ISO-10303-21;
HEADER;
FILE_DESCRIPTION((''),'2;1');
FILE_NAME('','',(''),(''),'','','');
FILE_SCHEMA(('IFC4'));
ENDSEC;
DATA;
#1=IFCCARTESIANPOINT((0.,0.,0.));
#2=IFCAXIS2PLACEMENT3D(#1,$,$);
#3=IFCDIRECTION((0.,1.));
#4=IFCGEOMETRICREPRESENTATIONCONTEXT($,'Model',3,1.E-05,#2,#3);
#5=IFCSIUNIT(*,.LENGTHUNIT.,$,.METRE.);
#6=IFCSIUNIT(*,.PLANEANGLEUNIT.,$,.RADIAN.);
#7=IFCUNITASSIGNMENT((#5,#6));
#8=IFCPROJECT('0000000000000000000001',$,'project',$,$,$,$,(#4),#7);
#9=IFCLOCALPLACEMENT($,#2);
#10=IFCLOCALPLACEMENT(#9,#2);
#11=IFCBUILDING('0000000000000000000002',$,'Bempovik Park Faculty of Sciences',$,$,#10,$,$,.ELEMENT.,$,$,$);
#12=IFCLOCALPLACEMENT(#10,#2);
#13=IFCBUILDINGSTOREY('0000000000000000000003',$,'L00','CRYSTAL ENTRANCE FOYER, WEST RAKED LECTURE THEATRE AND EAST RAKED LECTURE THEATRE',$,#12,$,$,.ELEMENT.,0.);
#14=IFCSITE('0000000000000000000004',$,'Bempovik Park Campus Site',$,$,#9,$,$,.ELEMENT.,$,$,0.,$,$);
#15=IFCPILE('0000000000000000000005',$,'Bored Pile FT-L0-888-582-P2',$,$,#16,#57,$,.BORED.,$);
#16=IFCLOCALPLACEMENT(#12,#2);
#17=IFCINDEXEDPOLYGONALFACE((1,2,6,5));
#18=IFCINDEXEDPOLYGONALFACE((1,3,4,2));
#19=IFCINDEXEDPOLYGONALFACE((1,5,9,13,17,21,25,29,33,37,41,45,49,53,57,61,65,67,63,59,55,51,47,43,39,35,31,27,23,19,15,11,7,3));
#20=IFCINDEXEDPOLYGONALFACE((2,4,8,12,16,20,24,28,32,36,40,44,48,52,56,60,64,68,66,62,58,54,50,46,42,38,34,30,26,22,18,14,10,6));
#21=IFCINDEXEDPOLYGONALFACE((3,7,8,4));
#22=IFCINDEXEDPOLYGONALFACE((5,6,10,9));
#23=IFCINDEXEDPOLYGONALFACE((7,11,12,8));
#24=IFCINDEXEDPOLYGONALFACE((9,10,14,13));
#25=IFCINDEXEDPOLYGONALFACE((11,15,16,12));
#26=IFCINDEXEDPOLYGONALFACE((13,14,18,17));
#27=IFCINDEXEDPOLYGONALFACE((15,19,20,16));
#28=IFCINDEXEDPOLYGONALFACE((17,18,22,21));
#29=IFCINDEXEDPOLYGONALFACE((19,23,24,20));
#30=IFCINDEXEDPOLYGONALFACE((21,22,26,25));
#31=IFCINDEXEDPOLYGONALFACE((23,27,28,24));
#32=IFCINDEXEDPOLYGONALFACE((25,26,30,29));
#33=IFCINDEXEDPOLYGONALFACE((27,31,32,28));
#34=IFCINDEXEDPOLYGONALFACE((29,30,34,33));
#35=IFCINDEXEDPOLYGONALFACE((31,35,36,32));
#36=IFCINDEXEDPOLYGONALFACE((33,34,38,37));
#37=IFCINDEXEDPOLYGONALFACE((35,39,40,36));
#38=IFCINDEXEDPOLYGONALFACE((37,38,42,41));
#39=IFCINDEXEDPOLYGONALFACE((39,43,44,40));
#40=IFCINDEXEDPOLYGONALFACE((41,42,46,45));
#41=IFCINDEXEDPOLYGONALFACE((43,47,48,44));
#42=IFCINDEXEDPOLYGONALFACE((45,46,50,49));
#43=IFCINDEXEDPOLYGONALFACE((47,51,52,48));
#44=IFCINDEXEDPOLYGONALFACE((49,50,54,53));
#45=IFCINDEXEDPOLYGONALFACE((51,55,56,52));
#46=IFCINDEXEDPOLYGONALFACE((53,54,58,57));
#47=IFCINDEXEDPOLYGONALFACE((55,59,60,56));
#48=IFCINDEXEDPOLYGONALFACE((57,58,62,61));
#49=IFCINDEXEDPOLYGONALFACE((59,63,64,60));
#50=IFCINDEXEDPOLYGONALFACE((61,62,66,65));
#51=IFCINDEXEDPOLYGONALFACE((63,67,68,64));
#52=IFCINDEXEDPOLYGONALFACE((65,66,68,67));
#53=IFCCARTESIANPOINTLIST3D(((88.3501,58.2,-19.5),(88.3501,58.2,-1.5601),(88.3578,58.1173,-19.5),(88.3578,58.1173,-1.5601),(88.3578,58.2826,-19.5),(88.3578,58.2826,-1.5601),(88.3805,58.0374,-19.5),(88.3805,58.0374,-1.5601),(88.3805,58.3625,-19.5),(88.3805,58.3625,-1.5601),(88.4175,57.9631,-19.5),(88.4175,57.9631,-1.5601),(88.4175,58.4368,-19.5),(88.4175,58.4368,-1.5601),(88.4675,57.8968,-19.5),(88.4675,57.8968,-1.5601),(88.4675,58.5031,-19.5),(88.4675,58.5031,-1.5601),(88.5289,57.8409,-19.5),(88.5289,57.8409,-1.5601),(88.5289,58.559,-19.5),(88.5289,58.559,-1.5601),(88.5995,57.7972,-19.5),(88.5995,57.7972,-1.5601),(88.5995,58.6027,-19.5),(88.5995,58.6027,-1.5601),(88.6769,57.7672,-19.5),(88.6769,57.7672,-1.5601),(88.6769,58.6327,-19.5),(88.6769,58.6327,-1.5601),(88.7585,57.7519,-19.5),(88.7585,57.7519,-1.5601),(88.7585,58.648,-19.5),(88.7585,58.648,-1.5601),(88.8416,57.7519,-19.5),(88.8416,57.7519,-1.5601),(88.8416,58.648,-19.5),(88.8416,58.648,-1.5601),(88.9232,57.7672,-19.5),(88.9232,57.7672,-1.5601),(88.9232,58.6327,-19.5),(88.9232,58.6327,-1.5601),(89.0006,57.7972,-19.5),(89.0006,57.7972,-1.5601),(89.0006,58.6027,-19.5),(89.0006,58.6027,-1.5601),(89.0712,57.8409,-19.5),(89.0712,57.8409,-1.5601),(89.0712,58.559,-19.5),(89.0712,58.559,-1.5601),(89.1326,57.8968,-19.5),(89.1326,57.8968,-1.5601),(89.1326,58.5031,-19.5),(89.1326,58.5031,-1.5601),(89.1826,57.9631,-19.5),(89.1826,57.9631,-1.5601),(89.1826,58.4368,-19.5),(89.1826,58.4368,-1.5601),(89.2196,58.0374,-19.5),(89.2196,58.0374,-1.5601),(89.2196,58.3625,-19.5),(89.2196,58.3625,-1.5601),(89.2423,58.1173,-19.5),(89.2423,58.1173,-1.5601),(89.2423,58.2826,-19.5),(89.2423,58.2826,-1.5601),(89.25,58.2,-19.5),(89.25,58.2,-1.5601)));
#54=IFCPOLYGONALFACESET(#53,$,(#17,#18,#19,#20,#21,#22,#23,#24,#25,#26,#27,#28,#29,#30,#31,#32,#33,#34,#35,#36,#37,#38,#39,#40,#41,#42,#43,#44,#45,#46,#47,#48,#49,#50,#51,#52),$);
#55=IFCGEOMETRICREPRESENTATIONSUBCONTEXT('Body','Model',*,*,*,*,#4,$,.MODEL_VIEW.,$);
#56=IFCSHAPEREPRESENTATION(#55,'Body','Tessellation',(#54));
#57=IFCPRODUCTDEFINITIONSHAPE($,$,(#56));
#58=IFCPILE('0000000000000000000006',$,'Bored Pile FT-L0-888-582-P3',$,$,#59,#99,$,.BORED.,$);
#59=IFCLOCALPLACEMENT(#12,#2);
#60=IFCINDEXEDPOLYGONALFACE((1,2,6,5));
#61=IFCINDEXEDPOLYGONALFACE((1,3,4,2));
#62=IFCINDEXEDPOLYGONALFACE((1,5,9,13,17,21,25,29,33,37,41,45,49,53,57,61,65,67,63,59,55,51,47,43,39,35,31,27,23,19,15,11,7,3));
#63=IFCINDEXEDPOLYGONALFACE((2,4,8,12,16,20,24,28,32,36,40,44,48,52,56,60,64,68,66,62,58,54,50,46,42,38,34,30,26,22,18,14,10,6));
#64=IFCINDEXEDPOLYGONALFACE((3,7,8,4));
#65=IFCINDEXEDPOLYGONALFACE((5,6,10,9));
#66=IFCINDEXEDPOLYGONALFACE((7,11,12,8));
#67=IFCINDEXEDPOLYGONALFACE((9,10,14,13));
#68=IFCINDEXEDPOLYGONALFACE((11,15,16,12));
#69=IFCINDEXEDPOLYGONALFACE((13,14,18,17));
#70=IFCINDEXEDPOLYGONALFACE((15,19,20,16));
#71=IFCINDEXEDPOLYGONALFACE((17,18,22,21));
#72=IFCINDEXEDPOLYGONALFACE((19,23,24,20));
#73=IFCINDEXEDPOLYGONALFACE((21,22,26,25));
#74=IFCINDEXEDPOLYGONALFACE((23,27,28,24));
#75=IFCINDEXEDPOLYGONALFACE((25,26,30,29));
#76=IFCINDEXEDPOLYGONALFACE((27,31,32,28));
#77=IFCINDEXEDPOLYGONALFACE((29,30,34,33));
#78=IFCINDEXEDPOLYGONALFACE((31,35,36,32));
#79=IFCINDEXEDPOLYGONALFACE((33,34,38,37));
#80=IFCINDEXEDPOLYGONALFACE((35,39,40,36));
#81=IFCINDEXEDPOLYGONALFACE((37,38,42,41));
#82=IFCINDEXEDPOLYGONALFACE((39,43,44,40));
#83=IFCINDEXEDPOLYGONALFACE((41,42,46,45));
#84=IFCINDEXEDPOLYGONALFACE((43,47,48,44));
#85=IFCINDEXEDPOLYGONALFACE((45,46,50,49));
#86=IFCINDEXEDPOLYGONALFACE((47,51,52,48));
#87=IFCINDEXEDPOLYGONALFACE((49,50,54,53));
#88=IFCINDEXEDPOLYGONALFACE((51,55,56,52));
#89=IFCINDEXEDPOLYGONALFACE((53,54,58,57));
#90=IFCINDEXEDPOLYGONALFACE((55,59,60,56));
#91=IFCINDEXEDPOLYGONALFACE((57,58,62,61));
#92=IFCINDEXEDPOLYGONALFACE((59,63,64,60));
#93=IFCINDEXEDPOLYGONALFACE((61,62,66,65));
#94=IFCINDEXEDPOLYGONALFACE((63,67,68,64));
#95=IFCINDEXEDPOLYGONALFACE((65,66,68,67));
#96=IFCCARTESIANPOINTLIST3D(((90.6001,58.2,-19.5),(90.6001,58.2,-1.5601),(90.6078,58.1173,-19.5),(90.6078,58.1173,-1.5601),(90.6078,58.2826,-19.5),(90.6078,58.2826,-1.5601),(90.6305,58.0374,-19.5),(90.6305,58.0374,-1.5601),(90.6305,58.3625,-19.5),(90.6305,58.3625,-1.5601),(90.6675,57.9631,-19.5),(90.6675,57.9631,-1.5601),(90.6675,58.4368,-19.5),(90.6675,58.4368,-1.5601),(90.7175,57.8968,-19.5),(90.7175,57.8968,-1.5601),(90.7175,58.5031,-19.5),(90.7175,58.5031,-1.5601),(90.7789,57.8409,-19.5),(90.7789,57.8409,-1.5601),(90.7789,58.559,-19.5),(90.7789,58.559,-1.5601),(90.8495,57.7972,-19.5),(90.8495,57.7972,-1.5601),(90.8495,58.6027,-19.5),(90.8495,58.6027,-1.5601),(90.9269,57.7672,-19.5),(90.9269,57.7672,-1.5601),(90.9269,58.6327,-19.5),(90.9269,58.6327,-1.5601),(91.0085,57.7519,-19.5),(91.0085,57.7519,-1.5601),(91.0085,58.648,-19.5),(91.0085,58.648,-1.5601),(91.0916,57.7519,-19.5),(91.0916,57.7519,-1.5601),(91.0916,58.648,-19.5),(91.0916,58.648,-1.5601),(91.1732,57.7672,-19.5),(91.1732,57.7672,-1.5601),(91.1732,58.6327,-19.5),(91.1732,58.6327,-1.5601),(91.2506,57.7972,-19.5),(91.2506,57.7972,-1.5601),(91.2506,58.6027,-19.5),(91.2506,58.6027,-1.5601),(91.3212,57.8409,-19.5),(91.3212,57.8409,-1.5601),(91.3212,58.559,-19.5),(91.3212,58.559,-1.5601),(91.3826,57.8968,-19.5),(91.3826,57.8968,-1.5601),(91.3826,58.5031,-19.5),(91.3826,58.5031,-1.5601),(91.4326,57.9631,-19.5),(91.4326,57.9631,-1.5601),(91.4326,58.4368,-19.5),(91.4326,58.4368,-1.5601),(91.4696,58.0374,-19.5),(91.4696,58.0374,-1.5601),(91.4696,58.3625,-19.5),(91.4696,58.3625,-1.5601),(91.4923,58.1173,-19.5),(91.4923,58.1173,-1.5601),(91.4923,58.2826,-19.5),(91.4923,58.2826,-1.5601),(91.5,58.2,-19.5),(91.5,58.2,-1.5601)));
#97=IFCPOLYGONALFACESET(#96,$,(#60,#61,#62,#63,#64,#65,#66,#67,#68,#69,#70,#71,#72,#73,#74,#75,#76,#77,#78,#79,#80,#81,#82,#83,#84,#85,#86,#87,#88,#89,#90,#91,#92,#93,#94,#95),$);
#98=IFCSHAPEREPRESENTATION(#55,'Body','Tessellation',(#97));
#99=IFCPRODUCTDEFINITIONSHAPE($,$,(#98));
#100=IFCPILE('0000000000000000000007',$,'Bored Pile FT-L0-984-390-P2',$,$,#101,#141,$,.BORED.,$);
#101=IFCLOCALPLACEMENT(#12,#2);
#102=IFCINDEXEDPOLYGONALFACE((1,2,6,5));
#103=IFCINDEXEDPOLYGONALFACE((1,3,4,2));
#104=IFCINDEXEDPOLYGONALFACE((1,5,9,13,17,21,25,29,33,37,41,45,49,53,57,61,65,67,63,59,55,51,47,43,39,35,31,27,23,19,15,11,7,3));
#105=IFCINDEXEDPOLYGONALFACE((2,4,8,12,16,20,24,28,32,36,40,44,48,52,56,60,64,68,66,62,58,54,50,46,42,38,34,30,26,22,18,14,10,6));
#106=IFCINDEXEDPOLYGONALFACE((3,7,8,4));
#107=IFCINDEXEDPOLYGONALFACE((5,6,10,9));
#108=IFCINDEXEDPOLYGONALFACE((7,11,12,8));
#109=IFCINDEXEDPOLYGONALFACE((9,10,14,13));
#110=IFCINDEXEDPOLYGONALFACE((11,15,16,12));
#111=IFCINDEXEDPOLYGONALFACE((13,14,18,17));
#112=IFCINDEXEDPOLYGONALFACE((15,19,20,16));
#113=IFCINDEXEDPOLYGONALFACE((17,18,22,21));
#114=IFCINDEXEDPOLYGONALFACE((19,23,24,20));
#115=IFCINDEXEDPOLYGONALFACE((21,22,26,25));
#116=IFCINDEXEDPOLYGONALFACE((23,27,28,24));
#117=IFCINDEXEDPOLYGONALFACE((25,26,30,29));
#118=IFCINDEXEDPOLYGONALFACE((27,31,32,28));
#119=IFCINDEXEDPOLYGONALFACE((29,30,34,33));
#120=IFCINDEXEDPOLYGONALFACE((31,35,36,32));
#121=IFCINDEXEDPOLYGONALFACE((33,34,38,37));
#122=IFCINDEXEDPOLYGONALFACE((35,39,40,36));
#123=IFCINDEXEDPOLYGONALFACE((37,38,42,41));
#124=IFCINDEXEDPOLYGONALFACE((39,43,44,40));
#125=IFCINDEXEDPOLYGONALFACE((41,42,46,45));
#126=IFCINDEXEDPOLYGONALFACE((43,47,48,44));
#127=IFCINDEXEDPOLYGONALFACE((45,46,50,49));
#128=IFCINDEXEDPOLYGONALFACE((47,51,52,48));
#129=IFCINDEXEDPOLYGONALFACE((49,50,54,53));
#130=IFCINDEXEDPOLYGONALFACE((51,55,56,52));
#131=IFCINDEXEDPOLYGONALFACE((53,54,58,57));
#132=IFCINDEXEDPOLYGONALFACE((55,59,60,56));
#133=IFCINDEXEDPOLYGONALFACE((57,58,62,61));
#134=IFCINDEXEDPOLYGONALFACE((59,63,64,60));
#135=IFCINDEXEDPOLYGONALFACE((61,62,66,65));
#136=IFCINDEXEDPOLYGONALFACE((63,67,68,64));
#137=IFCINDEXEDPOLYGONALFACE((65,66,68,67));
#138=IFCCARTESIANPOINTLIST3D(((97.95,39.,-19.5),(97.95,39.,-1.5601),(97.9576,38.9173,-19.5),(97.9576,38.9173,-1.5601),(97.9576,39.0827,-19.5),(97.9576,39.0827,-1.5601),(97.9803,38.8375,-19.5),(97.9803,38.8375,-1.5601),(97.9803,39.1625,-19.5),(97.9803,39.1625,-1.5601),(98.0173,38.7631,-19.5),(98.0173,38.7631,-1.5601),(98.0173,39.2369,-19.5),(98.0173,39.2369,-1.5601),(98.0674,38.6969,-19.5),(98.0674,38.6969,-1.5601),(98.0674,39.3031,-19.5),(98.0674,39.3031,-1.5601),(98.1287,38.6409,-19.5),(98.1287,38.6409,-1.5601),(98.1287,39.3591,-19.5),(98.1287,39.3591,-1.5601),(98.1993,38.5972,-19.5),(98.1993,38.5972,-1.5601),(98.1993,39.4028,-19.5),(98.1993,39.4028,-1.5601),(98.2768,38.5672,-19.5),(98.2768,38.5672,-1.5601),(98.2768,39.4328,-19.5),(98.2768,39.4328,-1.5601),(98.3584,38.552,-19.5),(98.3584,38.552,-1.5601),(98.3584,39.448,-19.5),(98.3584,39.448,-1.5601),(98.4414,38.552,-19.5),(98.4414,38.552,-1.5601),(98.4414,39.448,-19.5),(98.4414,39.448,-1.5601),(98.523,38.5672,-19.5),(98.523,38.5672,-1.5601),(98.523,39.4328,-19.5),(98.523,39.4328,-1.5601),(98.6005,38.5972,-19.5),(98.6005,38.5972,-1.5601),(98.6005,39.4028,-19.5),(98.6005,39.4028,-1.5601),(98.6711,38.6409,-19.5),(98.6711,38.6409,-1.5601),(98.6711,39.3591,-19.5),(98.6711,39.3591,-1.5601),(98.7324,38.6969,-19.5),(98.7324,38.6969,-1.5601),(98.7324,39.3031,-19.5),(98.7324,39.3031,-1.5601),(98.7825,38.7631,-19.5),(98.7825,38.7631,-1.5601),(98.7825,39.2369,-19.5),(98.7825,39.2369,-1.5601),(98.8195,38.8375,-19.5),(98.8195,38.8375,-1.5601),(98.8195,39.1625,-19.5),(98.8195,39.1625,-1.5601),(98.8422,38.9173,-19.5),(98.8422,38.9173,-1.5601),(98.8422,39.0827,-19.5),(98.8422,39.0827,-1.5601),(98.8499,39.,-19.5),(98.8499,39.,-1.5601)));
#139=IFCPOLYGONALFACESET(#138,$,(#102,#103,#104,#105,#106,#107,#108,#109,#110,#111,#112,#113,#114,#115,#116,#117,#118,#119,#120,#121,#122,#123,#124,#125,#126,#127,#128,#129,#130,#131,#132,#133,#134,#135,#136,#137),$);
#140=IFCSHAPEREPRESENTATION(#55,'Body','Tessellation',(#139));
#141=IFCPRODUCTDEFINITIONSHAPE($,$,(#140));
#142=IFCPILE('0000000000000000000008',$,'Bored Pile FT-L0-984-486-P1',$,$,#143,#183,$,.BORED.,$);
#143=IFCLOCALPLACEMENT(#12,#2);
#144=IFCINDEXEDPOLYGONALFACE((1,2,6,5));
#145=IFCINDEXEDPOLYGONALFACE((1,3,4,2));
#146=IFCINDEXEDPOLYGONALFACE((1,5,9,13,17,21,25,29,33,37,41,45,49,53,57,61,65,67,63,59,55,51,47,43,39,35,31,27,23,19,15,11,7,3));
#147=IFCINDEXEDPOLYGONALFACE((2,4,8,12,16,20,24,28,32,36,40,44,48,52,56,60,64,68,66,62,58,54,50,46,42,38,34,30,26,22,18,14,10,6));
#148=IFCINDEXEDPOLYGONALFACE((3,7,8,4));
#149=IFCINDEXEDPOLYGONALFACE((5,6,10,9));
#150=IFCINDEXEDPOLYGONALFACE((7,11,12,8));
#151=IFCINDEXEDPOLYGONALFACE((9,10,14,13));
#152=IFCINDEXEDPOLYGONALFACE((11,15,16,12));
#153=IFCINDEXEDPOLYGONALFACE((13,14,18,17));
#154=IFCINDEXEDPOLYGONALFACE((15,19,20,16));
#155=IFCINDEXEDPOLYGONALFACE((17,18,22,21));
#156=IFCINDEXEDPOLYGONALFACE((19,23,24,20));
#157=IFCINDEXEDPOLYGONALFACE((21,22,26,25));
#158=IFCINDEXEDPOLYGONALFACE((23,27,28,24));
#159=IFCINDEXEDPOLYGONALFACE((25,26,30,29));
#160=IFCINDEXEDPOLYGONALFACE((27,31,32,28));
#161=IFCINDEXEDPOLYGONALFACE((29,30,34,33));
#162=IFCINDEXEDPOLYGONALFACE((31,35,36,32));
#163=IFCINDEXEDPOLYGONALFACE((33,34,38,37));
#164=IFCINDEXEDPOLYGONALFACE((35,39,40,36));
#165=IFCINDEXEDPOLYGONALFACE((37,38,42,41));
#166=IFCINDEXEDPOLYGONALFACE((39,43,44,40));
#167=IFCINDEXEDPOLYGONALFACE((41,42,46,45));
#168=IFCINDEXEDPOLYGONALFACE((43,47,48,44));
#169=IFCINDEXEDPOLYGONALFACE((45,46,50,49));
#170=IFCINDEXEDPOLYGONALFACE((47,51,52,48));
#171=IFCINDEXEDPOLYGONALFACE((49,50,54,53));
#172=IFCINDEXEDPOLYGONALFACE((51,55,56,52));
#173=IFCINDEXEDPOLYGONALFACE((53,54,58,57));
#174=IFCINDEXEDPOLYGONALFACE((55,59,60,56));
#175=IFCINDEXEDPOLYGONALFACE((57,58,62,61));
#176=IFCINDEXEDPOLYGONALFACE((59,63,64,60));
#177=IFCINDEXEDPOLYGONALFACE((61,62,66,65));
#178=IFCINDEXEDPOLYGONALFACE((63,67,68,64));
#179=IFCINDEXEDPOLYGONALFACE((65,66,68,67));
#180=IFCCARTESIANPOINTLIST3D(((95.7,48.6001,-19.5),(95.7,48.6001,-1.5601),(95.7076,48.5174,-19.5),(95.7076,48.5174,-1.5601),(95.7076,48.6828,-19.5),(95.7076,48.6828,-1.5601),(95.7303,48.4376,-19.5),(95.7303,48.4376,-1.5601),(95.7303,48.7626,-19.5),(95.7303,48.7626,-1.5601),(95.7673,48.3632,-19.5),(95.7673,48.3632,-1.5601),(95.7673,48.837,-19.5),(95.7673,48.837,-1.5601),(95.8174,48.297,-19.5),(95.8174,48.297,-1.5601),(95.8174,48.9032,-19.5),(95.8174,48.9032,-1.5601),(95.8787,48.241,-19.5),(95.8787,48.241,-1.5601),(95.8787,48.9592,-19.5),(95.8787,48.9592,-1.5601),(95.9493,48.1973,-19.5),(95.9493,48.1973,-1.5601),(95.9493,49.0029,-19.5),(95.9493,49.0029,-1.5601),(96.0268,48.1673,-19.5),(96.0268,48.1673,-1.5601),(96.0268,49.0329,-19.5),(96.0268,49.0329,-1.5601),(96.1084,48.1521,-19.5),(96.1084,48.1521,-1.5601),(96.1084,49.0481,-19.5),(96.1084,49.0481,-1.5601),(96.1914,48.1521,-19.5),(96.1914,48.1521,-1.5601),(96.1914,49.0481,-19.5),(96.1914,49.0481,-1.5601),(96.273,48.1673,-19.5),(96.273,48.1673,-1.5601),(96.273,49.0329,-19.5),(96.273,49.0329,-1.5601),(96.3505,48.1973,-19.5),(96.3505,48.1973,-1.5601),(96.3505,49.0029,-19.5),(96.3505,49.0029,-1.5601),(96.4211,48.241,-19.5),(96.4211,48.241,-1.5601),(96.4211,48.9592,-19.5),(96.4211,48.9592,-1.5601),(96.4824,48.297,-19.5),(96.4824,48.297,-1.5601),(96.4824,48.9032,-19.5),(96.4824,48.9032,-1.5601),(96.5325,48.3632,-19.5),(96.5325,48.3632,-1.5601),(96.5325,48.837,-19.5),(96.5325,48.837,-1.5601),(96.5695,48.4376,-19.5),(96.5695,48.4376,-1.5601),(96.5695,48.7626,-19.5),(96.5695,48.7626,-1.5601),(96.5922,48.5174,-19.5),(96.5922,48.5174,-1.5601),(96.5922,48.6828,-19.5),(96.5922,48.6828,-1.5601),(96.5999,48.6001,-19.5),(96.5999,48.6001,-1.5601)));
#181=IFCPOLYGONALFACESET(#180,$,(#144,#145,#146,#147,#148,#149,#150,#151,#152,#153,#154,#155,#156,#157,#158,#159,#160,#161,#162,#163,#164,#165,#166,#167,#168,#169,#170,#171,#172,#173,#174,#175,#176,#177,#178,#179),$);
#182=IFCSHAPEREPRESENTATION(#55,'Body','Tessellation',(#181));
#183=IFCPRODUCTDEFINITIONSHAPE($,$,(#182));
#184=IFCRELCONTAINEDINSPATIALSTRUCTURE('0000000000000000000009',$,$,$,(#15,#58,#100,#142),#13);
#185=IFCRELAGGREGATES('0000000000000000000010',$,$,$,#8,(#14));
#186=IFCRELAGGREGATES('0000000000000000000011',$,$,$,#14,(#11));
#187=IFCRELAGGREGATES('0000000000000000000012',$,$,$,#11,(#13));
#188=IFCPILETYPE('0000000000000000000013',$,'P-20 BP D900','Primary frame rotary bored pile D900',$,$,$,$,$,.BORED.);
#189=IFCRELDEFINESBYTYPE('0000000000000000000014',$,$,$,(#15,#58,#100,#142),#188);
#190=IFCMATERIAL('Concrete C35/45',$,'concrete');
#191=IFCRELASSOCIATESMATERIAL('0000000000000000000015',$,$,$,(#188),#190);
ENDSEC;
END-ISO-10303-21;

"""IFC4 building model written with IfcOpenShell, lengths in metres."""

from ifc_helpers import new_model, si_unit, direction, frame, origin, origin_2d, place, context, subcontext, project, spatial, circle, extrude, material, material_profile, profile_set, type_object, element, save


model = new_model("IFC4")

# Units and contexts
model_context = context("Model", 3, precision=1e-05, world=origin(), true_north=direction((0.0, 1.0)))
body_context = subcontext(model_context, "Body", "Model", "MODEL_VIEW")
ifc_project = project(units=[si_unit("LENGTHUNIT", "METRE"), si_unit("PLANEANGLEUNIT", "RADIAN")], contexts=[model_context])

# Site, building, storey
site_placement = place(None, origin())
site = spatial("IfcSite", under=ifc_project, at=site_placement, Name="Bempovik Park Campus Site", CompositionType="ELEMENT", RefElevation=0.0)
building_placement = place(site_placement, origin())
building = spatial("IfcBuilding", under=site, at=building_placement, Name="Bempovik Park Faculty of Sciences", CompositionType="ELEMENT")
storey_placement = place(building_placement, origin())
storey = spatial("IfcBuildingStorey", under=building, at=storey_placement, Name="L00", Description="CRYSTAL ENTRANCE FOYER, WEST RAKED LECTURE THEATRE AND EAST RAKED LECTURE THEATRE", CompositionType="ELEMENT", Elevation=0.0)

# Shared definitions
ifc_material_1 = material(Name="Concrete C35/45", Category="concrete")

# Piles
ifc_material_profile_1 = material_profile(ifc_material_1, circle(Radius=0.45, at=origin_2d()), Name="BP D900")
ifc_profile_set_1 = profile_set([ifc_material_profile_1], Name="Concrete C35/45")
pile_type = type_object("IfcPileType", Name="P-20 BP D900", Description="Primary frame rotary bored pile D900", PredefinedType="BORED", material=ifc_profile_set_1)
for number, where, z_axis, x_axis, name in (
    (1, (88.8, 58.2, -1.5601), (0.0, 0.0, -1.0), (1.0, 0.0, 0.0), "Bored Pile FT-L0-888-582-P2"),
    (2, (91.05, 58.2, -1.5601), (0.0, 0.0, -1.0), (1.0, 0.0, 0.0), "Bored Pile FT-L0-888-582-P3"),
    (3, (98.3999, 39.0, -1.5601), (0.0, 0.0, -1.0), (1.0, 0.0, 0.0), "Bored Pile FT-L0-984-390-P2"),
    (4, (96.1499, 48.6001, -1.5601), (0.0, 0.0, -1.0), (1.0, 0.0, 0.0), "Bored Pile FT-L0-984-486-P1"),
):
    element("IfcPile", number, at=place(storey_placement, frame(where, z_axis=z_axis, x_axis=x_axis)), inside=storey, type_object=pile_type, Name=name, PredefinedType="BORED", context=body_context, shape_type="SweptSolid", body=[
        extrude(circle(Radius=0.45, at=origin_2d()), origin(), (0.0, 0.0, 1.0), 17.9399),
    ])

save(model, "model.ifc")
